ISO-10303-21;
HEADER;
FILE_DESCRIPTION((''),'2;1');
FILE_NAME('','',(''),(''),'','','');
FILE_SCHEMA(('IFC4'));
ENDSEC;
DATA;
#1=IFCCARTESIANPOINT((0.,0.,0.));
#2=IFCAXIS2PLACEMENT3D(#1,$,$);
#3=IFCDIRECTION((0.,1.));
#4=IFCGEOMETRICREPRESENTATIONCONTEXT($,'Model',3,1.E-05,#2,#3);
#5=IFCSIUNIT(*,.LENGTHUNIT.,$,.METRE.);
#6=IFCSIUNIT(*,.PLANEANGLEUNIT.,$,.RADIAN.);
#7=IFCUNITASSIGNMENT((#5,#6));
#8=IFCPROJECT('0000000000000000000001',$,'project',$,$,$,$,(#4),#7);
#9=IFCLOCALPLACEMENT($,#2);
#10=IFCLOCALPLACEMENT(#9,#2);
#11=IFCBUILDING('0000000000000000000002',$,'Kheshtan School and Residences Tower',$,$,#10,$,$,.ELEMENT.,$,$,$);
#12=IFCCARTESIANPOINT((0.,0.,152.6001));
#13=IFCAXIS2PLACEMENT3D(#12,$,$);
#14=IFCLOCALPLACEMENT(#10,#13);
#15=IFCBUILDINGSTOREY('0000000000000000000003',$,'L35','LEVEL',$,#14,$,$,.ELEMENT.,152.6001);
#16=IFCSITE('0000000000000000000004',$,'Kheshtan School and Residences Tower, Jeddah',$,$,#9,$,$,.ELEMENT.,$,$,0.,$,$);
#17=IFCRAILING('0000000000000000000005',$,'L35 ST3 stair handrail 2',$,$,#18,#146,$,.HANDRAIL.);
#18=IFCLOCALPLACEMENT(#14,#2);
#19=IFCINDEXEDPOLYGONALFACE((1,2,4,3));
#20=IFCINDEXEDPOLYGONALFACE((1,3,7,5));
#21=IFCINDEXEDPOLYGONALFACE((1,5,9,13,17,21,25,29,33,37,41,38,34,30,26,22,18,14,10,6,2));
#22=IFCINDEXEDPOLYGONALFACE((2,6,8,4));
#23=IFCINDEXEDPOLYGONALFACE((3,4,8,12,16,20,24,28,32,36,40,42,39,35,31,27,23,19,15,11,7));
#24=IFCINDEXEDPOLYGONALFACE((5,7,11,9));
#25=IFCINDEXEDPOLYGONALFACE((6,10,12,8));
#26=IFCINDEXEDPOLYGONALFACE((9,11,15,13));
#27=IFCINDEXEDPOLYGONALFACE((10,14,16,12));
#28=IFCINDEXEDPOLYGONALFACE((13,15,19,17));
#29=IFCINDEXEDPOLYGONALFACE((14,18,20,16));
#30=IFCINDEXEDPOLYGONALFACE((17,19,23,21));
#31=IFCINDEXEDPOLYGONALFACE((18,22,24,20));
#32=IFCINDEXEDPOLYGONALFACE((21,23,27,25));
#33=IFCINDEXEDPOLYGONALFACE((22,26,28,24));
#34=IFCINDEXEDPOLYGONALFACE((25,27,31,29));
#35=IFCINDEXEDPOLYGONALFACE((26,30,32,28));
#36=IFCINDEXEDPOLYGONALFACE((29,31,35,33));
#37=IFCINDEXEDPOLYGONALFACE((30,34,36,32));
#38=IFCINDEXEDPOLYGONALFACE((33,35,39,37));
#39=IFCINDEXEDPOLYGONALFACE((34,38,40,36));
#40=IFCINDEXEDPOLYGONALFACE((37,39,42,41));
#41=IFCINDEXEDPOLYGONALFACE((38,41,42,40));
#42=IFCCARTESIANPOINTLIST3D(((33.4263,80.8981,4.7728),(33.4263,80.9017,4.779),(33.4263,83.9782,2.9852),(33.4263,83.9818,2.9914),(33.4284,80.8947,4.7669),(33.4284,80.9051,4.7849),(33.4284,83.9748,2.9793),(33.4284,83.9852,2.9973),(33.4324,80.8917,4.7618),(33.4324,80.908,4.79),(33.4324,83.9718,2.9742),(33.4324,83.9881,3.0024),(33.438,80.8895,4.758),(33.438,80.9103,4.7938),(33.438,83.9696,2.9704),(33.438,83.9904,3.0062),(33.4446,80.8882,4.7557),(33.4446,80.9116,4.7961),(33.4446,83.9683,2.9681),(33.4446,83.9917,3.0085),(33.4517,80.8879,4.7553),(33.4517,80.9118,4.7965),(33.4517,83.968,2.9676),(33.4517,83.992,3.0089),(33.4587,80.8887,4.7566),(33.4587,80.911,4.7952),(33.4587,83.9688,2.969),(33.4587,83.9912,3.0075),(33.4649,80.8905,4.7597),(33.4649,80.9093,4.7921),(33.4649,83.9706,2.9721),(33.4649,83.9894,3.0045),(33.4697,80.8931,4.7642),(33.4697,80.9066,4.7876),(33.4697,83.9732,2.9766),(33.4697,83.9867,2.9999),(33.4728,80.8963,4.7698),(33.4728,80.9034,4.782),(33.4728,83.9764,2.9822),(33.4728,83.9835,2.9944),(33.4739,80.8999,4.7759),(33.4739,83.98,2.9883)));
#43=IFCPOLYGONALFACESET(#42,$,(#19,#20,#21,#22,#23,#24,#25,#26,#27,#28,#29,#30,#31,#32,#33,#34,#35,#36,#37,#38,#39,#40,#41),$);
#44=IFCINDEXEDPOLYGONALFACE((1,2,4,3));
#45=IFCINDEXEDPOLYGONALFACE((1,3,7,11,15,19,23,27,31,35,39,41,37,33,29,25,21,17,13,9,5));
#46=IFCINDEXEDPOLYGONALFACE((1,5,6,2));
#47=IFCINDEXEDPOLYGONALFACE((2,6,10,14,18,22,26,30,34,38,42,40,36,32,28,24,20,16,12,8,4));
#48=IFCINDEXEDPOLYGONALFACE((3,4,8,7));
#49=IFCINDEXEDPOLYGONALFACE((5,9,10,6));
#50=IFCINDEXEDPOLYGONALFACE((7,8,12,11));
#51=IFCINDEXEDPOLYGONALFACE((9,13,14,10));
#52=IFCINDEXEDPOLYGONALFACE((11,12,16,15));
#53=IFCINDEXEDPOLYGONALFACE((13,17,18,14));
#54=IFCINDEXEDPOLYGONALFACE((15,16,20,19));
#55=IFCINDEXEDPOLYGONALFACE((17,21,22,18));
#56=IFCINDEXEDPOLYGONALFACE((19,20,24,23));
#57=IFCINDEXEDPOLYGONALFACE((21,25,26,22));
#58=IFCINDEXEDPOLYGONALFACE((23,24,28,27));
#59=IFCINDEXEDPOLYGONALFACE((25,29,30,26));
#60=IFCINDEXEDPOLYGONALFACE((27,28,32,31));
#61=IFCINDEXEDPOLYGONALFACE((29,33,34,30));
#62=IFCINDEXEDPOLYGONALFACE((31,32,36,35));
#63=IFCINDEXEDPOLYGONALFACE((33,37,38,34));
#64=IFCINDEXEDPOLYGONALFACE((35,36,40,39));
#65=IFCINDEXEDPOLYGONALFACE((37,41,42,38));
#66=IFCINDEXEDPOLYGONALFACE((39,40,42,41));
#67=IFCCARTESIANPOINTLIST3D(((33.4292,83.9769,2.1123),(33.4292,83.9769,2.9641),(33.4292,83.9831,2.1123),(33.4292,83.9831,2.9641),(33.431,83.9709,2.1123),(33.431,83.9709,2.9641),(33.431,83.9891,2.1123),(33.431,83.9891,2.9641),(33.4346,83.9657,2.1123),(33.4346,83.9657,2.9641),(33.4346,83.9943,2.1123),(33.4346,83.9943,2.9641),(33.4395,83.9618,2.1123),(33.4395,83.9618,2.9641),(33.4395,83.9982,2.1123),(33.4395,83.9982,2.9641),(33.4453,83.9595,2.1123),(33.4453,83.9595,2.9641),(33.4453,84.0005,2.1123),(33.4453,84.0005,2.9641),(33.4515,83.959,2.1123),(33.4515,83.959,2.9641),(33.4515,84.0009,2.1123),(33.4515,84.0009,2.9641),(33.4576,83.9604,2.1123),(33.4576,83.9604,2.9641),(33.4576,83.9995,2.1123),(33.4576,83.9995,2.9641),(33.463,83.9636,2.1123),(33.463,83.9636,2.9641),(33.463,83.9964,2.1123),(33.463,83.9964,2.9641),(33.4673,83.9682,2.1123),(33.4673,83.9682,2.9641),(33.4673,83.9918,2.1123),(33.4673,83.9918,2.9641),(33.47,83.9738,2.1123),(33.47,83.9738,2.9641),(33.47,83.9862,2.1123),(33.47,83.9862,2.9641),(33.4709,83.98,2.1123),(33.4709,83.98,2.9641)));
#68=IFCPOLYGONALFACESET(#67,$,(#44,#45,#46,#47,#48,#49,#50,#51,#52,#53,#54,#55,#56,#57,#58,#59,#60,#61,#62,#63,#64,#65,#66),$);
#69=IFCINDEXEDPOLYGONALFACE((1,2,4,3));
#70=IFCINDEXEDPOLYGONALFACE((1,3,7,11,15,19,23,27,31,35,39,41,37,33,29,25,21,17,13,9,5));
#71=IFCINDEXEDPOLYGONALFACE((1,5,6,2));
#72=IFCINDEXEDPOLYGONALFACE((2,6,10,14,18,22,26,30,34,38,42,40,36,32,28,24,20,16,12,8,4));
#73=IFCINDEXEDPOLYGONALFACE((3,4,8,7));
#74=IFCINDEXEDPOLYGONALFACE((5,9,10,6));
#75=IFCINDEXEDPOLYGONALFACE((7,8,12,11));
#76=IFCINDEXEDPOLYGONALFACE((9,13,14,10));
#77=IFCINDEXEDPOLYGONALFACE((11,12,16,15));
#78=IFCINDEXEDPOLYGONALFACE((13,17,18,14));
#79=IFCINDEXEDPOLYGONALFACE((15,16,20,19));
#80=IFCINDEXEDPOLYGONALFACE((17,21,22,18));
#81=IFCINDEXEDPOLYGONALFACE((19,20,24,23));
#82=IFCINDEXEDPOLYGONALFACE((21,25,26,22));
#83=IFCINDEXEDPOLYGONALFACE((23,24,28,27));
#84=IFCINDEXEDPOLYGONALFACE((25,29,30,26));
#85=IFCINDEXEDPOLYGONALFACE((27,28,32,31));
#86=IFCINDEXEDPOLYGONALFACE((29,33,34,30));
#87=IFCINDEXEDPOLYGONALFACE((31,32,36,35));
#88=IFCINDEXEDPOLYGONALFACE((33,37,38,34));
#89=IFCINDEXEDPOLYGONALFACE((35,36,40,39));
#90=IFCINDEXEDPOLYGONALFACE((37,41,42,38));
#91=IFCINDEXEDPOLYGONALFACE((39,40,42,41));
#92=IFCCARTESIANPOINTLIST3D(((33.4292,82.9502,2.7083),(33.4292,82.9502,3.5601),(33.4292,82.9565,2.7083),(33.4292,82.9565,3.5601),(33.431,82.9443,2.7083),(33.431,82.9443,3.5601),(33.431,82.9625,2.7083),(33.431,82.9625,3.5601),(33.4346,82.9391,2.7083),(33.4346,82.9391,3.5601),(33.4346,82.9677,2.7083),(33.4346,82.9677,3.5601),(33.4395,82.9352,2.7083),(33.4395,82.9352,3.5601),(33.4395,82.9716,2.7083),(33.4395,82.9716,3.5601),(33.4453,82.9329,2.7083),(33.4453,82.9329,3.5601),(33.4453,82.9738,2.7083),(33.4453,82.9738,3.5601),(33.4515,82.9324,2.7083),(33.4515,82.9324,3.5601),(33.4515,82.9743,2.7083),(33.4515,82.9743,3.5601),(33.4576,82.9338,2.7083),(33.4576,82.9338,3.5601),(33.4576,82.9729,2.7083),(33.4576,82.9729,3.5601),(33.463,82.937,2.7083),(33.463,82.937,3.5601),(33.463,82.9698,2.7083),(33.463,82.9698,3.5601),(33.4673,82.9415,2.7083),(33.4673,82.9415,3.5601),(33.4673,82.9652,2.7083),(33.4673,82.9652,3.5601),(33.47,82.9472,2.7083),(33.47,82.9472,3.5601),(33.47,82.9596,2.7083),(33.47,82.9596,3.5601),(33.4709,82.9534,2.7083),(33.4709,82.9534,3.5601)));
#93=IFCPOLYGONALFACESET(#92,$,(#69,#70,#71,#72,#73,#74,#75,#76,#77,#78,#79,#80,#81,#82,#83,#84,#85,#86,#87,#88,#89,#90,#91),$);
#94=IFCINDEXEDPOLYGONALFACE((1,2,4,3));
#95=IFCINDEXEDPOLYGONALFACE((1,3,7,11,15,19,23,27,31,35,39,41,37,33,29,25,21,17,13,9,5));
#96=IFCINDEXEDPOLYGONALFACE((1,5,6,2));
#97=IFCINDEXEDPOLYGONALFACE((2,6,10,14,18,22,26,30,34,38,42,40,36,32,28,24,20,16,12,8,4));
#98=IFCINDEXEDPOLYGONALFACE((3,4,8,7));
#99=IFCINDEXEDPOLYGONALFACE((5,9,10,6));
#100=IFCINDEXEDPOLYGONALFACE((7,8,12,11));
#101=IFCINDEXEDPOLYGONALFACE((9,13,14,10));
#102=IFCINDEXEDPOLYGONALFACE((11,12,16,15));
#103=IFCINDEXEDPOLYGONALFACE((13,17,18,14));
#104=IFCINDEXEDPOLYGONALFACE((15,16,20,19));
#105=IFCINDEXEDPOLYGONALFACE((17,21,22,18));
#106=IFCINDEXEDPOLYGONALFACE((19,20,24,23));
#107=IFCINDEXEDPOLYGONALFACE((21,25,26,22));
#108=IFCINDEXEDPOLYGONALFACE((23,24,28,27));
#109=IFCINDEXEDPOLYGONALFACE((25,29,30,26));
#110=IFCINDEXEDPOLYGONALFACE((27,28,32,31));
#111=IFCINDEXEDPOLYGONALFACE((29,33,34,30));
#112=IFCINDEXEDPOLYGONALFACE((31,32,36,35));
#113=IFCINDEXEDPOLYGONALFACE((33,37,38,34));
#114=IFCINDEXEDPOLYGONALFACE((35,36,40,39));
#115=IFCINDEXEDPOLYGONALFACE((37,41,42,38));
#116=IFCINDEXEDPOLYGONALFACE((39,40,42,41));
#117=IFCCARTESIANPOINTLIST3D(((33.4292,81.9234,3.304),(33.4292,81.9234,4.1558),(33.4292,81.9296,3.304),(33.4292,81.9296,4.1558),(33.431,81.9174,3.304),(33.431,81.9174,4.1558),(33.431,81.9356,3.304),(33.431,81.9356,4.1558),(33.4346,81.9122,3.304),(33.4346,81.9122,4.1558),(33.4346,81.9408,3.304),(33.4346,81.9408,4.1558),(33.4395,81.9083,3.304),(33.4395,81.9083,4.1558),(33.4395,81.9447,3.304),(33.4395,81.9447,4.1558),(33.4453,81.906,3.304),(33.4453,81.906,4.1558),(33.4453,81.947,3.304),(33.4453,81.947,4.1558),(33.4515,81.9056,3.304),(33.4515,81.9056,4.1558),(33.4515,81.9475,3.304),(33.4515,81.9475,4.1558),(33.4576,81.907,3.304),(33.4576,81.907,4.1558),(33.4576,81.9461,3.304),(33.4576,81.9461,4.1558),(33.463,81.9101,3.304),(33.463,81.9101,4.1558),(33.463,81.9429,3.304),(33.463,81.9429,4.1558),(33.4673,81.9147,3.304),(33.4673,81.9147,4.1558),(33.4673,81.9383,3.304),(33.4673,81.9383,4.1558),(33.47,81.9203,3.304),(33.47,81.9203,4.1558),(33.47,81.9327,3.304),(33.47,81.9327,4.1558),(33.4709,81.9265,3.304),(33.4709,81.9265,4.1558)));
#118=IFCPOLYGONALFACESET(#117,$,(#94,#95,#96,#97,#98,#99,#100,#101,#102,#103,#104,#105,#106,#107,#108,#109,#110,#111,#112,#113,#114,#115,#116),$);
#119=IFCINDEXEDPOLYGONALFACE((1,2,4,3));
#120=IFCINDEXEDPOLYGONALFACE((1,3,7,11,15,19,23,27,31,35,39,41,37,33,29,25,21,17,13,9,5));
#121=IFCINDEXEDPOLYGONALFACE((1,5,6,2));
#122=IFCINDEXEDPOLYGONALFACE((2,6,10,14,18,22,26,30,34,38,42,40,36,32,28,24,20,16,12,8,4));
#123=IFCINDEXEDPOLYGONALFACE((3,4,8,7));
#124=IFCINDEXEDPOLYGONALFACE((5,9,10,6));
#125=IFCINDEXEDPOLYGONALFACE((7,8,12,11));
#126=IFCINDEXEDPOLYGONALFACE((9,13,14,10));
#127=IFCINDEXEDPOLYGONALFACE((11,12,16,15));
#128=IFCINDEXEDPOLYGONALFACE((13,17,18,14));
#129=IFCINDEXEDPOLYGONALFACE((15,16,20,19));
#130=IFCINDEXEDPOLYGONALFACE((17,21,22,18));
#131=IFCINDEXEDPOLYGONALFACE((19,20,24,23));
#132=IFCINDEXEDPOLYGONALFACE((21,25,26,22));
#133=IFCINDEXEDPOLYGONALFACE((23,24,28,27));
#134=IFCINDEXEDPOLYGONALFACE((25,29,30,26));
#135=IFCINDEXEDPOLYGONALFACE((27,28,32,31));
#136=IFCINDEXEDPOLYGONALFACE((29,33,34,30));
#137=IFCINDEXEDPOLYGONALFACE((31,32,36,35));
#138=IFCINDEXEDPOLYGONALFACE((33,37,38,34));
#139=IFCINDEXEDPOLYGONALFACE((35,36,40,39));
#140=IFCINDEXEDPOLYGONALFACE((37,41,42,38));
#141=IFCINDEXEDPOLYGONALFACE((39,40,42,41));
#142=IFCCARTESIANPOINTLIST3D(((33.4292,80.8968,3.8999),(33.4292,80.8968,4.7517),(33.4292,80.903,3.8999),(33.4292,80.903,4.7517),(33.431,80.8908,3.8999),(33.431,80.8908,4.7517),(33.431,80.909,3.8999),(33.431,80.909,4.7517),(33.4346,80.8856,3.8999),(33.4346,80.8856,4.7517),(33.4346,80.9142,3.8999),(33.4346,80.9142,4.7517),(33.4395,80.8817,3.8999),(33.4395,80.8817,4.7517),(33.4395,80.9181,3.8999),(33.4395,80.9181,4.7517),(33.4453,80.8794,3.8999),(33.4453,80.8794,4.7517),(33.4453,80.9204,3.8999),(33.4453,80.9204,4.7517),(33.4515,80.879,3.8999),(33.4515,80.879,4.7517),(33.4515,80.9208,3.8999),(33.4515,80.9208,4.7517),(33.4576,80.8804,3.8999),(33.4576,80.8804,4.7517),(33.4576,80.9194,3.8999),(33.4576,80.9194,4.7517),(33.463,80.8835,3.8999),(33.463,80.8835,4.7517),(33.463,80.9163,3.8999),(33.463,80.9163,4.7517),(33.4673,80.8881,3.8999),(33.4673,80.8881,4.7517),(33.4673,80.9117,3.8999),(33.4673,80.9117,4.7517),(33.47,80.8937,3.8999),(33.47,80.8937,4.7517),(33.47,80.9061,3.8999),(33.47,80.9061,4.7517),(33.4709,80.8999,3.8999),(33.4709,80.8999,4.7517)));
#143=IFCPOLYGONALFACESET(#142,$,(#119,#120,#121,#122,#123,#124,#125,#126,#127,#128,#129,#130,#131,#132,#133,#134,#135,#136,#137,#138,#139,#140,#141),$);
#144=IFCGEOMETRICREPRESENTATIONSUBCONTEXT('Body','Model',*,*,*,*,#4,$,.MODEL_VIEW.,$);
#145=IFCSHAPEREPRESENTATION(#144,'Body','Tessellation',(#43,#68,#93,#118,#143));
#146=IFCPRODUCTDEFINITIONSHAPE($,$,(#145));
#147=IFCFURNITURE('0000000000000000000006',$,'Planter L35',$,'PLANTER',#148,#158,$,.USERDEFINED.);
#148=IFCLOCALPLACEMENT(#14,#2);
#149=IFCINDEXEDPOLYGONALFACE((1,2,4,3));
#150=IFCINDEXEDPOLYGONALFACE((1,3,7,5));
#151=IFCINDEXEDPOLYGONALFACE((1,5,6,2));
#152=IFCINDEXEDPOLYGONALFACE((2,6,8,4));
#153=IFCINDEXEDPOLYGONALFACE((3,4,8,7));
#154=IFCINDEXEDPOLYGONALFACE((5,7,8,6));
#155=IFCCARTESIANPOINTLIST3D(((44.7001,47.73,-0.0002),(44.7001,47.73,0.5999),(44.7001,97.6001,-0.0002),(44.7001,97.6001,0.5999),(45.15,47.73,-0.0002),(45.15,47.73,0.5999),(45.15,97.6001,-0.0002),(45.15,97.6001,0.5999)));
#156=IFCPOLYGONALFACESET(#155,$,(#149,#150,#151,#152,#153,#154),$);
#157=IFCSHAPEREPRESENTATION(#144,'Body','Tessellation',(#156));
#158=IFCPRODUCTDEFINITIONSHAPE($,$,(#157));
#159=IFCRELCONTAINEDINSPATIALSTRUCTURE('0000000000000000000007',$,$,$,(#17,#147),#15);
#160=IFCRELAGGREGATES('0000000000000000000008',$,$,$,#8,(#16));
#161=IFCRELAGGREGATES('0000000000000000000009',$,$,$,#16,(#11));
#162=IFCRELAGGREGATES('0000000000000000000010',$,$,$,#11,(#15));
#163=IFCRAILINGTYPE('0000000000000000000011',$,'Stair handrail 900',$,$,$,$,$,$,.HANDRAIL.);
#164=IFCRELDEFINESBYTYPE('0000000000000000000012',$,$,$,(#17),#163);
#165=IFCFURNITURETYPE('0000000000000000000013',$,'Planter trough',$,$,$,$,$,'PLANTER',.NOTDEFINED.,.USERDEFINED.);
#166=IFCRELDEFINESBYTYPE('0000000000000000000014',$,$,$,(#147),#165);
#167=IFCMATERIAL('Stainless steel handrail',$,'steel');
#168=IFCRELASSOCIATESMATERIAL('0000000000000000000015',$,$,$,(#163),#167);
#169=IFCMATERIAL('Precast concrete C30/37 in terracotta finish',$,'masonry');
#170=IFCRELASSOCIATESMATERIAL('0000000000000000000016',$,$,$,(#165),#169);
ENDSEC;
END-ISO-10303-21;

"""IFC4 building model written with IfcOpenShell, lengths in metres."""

from ifc_helpers import new_model, si_unit, direction, frame, origin, origin_2d, place, context, subcontext, project, spatial, rectangle, circle, extrude, material, type_object, element, save


model = new_model("IFC4")

# Units and contexts
model_context = context("Model", 3, precision=1e-05, world=origin(), true_north=direction((0.0, 1.0)))
body_context = subcontext(model_context, "Body", "Model", "MODEL_VIEW")
ifc_project = project(units=[si_unit("LENGTHUNIT", "METRE"), si_unit("PLANEANGLEUNIT", "RADIAN")], contexts=[model_context])

# Site, building, storey
site_placement = place(None, origin())
site = spatial("IfcSite", under=ifc_project, at=site_placement, Name="Kheshtan School and Residences Tower, Jeddah", CompositionType="ELEMENT", RefElevation=0.0)
building_placement = place(site_placement, origin())
building = spatial("IfcBuilding", under=site, at=building_placement, Name="Kheshtan School and Residences Tower", CompositionType="ELEMENT")
storey_placement = place(building_placement, frame((0.0, 0.0, 152.6001)))
storey = spatial("IfcBuildingStorey", under=building, at=storey_placement, Name="L35", Description="LEVEL", CompositionType="ELEMENT", Elevation=152.6001)

# Railing
ifc_material_1 = material(Name="Stainless steel handrail", Category="steel")
railing_type_1 = type_object("IfcRailingType", Name="Stair handrail 900", PredefinedType="HANDRAIL", material=ifc_material_1)
railing_1_placement = place(storey_placement, frame((33.45, 83.98, 2.1123)))
element("IfcRailing", 1, at=railing_1_placement, inside=storey, type_object=railing_type_1, Name="L35 ST3 stair handrail 2", PredefinedType="HANDRAIL", context=body_context, shape_type="SweptSolid", body=[
    extrude(circle(Radius=0.0239, at=origin_2d()), frame((0.0, 0.0, 0.876), z_axis=(0.0, -0.864891, 0.50196), x_axis=(1.0, 0.0, 0.0)), (0.0, 0.0, 1.0), 3.5613),
    extrude(circle(Radius=0.021, at=origin_2d()), origin(), (0.0, 0.0, 1.0), 0.8518),
    extrude(circle(Radius=0.021, at=origin_2d()), frame((0.0, -1.0266, 0.5959)), (0.0, 0.0, 1.0), 0.8518),
    extrude(circle(Radius=0.021, at=origin_2d()), frame((0.0, -2.0535, 1.1917)), (0.0, 0.0, 1.0), 0.8518),
    extrude(circle(Radius=0.021, at=origin_2d()), frame((0.0, -3.0801, 1.7876)), (0.0, 0.0, 1.0), 0.8518),
])

# Furniture
ifc_material_2 = material(Name="Precast concrete C30/37 in terracotta finish", Category="masonry")
furniture_type = type_object("IfcFurnitureType", Name="Planter trough", ElementType="PLANTER", AssemblyPlace="NOTDEFINED", PredefinedType="USERDEFINED", material=ifc_material_2)
furniture_placement = place(storey_placement, frame((44.925, 72.665, -0.0002), z_axis=(0.0, 0.0, 1.0), x_axis=(0.0, -1.0, 0.0)))
element("IfcFurniture", 2, at=furniture_placement, inside=storey, type_object=furniture_type, Name="Planter L35", ObjectType="PLANTER", PredefinedType="USERDEFINED", context=body_context, shape_type="SweptSolid", body=[
    extrude(rectangle(XDim=49.8701, YDim=0.45, at=origin_2d()), origin(), (0.0, 0.0, 1.0), 0.6001),
])

save(model, "model.ifc")
